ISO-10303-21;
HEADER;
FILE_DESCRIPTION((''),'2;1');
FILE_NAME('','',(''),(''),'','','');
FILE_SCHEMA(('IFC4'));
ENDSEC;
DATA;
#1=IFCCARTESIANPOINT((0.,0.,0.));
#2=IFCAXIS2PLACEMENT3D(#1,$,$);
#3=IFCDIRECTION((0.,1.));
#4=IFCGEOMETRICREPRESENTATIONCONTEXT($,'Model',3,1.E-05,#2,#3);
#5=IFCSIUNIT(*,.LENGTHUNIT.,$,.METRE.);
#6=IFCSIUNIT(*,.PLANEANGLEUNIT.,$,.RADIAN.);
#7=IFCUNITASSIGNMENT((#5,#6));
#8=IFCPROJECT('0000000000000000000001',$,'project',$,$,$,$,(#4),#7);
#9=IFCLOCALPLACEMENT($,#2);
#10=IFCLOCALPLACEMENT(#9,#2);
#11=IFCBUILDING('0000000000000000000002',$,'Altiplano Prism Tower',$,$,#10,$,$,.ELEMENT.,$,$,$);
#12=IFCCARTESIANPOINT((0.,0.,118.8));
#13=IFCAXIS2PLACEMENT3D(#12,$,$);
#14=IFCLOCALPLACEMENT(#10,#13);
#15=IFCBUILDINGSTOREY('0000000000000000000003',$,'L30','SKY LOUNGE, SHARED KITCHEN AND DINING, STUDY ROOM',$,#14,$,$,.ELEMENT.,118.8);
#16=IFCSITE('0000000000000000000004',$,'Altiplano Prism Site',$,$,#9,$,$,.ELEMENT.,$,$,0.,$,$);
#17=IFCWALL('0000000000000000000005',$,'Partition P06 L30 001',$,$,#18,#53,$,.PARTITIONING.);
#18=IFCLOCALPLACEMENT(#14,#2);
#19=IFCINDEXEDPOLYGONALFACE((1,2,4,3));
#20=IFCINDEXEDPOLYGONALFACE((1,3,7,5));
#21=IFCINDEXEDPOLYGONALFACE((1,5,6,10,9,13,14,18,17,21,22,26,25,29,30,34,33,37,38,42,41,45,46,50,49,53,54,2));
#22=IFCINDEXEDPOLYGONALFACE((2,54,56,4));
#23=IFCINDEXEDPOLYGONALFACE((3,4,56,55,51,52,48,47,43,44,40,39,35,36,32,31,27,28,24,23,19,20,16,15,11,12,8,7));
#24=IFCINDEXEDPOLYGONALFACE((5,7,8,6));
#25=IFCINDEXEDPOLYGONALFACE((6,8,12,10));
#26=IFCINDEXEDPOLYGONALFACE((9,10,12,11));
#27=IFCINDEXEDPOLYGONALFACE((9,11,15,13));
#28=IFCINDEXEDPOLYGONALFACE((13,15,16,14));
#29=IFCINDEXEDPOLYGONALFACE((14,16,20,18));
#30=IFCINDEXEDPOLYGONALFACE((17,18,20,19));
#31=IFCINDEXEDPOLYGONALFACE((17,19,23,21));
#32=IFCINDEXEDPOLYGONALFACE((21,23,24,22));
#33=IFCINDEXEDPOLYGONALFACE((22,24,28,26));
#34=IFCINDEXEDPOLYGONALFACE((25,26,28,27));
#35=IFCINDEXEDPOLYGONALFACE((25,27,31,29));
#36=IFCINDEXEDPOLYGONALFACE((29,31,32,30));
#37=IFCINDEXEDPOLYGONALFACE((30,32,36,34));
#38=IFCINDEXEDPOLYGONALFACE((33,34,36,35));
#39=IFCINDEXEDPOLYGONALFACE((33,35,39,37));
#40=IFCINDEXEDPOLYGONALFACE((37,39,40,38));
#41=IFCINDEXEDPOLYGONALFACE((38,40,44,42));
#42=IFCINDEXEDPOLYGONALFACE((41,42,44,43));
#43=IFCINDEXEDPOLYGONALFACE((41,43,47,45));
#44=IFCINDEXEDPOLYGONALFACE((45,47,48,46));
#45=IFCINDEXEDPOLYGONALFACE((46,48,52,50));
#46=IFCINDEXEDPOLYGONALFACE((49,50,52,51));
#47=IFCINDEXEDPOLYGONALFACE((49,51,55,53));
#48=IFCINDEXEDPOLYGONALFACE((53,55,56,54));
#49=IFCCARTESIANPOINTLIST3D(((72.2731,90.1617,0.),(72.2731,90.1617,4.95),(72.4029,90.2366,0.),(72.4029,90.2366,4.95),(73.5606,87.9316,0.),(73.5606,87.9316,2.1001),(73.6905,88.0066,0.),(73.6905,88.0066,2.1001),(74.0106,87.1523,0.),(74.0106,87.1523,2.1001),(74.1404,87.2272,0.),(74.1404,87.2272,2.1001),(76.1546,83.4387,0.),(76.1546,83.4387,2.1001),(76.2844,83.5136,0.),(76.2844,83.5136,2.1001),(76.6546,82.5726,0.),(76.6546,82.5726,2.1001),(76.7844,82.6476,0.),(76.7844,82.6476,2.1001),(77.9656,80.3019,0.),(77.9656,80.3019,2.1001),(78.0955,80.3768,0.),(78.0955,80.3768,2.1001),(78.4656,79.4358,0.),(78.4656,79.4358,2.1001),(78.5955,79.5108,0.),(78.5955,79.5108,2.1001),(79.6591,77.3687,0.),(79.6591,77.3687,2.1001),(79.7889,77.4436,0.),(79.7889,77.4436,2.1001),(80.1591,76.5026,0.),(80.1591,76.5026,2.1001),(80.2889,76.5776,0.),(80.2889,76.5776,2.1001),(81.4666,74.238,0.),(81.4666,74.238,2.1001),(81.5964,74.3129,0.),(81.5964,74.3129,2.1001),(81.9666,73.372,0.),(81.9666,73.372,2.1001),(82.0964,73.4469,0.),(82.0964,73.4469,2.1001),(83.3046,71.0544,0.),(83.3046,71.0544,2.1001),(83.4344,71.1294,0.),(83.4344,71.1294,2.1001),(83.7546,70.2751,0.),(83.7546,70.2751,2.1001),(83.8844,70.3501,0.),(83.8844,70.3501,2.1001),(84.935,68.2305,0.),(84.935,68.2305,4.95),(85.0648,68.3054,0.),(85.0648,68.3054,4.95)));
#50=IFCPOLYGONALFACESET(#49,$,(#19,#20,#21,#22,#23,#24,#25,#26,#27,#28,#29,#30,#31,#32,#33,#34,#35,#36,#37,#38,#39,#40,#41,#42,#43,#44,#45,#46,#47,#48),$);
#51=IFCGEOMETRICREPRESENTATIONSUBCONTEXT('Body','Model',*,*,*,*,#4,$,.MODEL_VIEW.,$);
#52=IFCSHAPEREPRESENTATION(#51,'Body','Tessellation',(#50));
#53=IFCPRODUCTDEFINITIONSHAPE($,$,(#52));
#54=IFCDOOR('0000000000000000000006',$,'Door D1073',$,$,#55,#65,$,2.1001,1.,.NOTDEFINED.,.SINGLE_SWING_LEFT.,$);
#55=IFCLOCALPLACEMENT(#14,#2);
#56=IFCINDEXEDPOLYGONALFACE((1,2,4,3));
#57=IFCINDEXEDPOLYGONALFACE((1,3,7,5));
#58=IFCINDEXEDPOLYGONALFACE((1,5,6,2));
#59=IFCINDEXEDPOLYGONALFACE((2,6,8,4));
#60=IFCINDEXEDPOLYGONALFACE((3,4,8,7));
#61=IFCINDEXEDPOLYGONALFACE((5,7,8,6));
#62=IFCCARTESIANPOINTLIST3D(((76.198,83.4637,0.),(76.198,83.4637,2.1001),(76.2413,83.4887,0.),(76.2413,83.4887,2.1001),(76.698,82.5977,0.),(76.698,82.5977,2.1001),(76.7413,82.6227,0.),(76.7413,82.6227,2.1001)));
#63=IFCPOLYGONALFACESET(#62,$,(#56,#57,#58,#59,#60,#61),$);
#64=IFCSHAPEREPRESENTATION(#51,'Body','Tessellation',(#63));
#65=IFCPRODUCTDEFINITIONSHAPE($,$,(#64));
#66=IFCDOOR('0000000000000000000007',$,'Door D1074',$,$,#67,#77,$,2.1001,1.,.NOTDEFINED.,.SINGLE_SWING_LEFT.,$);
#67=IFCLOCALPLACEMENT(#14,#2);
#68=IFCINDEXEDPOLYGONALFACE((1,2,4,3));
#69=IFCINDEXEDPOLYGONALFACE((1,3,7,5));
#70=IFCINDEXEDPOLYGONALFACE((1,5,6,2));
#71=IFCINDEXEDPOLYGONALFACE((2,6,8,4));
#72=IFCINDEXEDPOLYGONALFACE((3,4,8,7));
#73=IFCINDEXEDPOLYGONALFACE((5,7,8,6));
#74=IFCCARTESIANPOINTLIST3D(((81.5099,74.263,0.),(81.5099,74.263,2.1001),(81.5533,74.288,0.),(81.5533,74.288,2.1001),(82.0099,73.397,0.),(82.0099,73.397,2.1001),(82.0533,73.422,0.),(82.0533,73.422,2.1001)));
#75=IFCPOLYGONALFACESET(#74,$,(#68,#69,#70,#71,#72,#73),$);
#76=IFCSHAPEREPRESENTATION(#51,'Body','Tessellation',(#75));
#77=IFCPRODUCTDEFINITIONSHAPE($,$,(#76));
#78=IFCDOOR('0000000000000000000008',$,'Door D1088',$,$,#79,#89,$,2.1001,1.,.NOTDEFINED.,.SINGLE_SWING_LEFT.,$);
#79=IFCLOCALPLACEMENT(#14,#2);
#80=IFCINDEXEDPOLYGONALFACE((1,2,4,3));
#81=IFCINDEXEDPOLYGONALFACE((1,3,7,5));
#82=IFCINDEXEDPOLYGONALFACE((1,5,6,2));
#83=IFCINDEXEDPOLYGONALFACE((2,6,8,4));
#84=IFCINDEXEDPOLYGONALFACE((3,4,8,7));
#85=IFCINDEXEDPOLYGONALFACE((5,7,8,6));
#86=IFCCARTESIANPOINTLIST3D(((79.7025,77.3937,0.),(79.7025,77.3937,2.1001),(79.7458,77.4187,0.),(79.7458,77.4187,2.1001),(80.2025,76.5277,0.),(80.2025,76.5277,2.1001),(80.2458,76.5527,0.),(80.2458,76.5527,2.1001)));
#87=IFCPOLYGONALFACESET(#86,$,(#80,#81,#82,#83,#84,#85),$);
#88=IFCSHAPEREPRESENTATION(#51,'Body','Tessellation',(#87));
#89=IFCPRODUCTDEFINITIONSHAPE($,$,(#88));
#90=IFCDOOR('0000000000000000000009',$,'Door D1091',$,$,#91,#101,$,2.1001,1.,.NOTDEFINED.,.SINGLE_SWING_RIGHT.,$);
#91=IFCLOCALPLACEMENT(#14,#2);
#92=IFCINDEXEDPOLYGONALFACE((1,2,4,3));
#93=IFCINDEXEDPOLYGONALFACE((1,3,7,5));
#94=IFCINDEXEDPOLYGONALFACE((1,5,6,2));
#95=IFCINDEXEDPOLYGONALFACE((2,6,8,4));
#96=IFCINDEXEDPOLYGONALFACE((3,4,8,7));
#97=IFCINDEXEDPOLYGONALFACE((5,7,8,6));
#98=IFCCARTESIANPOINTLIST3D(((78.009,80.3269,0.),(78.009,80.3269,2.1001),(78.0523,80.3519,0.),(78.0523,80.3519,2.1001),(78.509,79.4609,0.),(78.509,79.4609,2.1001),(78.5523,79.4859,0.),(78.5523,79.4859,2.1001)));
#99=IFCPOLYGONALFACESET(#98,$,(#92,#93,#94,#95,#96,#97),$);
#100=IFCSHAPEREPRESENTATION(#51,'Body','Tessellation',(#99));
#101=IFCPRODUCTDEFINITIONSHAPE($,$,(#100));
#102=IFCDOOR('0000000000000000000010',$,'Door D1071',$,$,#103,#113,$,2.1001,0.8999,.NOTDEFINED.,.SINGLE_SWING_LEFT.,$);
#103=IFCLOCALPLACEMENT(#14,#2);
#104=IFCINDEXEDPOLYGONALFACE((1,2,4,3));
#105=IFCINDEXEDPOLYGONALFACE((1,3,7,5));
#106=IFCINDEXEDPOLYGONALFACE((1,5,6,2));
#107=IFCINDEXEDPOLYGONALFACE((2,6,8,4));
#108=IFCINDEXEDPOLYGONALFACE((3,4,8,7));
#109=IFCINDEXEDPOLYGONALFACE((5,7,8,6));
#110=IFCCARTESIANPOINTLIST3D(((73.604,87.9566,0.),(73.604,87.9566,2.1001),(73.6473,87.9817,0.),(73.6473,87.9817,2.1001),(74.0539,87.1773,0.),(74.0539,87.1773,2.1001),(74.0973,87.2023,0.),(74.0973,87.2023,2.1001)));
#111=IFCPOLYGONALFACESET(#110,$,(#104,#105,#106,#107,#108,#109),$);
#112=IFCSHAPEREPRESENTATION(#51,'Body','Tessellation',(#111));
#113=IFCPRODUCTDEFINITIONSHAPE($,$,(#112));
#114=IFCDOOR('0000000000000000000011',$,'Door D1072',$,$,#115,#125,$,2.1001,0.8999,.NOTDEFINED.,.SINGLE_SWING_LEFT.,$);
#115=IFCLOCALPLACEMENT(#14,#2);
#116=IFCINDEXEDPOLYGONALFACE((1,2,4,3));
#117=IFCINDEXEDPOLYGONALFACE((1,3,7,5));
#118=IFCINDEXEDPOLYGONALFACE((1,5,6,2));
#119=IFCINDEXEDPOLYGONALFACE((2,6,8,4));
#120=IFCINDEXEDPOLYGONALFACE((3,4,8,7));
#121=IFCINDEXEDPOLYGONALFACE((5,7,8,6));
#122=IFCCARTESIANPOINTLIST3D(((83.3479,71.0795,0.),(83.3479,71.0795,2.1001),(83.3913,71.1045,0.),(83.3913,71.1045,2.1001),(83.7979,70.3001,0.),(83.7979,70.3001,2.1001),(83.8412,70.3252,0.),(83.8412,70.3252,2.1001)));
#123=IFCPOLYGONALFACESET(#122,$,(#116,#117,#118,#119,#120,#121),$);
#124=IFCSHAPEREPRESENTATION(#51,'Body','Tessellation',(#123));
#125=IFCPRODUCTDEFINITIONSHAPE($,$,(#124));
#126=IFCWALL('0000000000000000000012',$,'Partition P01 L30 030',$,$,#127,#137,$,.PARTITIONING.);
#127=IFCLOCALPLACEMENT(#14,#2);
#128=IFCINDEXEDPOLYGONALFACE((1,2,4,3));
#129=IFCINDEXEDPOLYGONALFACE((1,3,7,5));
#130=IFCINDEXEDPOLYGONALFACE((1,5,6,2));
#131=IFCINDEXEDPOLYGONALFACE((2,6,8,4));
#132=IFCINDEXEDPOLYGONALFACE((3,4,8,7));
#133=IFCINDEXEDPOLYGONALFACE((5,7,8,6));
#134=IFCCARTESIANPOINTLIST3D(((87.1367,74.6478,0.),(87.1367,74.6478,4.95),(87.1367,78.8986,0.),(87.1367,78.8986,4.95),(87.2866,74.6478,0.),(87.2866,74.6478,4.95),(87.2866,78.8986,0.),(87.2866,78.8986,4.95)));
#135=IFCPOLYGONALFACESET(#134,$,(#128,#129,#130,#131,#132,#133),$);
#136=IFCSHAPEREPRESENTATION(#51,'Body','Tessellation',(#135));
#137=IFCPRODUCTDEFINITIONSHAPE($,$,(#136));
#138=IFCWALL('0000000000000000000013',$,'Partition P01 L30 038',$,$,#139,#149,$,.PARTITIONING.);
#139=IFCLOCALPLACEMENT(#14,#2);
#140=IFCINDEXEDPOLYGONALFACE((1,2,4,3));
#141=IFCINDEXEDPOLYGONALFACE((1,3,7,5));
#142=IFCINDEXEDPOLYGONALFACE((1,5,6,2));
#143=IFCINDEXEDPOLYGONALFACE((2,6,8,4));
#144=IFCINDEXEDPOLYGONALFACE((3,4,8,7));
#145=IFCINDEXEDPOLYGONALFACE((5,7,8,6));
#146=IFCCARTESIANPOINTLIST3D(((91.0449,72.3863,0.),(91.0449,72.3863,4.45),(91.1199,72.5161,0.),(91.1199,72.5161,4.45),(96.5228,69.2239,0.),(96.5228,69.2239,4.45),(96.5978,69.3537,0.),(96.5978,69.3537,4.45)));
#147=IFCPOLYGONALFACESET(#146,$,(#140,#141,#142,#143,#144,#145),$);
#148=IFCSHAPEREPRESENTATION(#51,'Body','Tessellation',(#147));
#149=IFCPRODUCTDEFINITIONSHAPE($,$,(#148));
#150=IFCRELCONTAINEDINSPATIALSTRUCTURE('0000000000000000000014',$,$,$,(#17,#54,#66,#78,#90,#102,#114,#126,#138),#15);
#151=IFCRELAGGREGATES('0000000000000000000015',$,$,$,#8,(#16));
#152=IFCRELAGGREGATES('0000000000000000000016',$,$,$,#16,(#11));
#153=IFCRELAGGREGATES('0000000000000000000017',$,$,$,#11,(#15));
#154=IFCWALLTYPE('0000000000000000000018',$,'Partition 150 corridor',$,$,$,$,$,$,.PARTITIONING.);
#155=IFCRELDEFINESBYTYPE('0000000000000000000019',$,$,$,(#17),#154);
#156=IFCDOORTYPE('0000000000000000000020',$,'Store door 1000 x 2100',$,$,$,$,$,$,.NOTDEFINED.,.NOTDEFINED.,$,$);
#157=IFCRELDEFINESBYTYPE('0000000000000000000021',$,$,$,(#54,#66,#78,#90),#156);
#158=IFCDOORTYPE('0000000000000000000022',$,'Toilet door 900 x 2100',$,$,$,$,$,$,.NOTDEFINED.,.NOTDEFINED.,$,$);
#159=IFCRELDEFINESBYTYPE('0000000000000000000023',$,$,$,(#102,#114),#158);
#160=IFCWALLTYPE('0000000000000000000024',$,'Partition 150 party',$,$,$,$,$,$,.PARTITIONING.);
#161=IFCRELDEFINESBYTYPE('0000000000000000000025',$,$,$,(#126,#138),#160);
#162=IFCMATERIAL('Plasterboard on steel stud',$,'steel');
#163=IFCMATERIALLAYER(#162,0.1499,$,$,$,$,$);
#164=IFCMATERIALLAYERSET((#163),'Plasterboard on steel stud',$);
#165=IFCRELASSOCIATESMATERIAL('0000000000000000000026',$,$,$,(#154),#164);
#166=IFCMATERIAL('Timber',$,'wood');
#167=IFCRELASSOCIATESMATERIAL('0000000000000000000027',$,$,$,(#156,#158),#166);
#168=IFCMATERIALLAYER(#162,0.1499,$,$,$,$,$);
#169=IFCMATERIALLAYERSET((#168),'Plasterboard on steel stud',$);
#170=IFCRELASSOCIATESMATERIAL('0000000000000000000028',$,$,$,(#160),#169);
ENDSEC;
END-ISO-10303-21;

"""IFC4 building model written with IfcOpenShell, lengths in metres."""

from ifc_helpers import new_model, si_unit, direction, frame, frame_2d, origin, place, context, subcontext, project, spatial, rectangle, extrude, material, layer, layer_set, type_object, element, fill, save


model = new_model("IFC4")

# Units and contexts
model_context = context("Model", 3, precision=1e-05, world=origin(), true_north=direction((0.0, 1.0)))
body_context = subcontext(model_context, "Body", "Model", "MODEL_VIEW")
ifc_project = project(units=[si_unit("LENGTHUNIT", "METRE"), si_unit("PLANEANGLEUNIT", "RADIAN")], contexts=[model_context])

# Site, building, storey
site_placement = place(None, origin())
site = spatial("IfcSite", under=ifc_project, at=site_placement, Name="Altiplano Prism Site", CompositionType="ELEMENT", RefElevation=0.0)
building_placement = place(site_placement, origin())
building = spatial("IfcBuilding", under=site, at=building_placement, Name="Altiplano Prism Tower", CompositionType="ELEMENT")
storey_placement = place(building_placement, frame((0.0, 0.0, 118.8)))
storey = spatial("IfcBuildingStorey", under=building, at=storey_placement, Name="L30", Description="SKY LOUNGE, SHARED KITCHEN AND DINING, STUDY ROOM", CompositionType="ELEMENT", Elevation=118.8)

# Shared definitions
ifc_material_1 = material(Name="Plasterboard on steel stud", Category="steel")

# Wall, openings, doors
ifc_layer_1 = layer(ifc_material_1, 0.1499)
ifc_layer_set_1 = layer_set([ifc_layer_1], Name="Plasterboard on steel stud")
wall_type_1 = type_object("IfcWallType", Name="Partition 150 corridor", PredefinedType="PARTITIONING", material=ifc_layer_set_1)
wall_1_placement = place(storey_placement, frame((85.0, 68.2678, 0.0), z_axis=(0.0, 0.0, 1.0), x_axis=(-0.499997, 0.866027, 0.0)))
wall_1 = element("IfcWall", 1, at=wall_1_placement, inside=storey, type_object=wall_type_1, Name="Partition P06 L30 001", PredefinedType="PARTITIONING", context=body_context, shape_type="SweptSolid", body=[
    extrude(rectangle(XDim=25.324, YDim=0.1499, at=frame_2d((12.6621, 0.0))), origin(), (0.0, 0.0, 1.0), 4.95),
])
opening_1_placement = place(wall_1_placement, frame((21.8491, 0.0, 0.0)))
opening_1 = element("IfcOpeningElement", 2, at=opening_1_placement, cuts=wall_1, PredefinedType="OPENING", context=body_context, shape_type="SweptSolid", body=[
    extrude(rectangle(XDim=0.8999, YDim=2.1001, at=frame_2d((0.45, 1.05))), frame((0.0, 0.0854, 0.0), z_axis=(0.0, -1.0, 0.0), x_axis=(1.0, 0.0, 0.0)), (0.0, 0.0, 1.0), 0.1709),
])
opening_2_placement = place(wall_1_placement, frame((2.3611, 0.0, 0.0)))
opening_2 = element("IfcOpeningElement", 3, at=opening_2_placement, cuts=wall_1, PredefinedType="OPENING", context=body_context, shape_type="SweptSolid", body=[
    extrude(rectangle(XDim=0.8999, YDim=2.1001, at=frame_2d((0.45, 1.05))), frame((0.0, 0.0854, 0.0), z_axis=(0.0, -1.0, 0.0), x_axis=(1.0, 0.0, 0.0)), (0.0, 0.0, 1.0), 0.1709),
])
opening_3_placement = place(wall_1_placement, frame((16.561, 0.0, 0.0)))
opening_3 = element("IfcOpeningElement", 4, at=opening_3_placement, cuts=wall_1, PredefinedType="OPENING", context=body_context, shape_type="SweptSolid", body=[
    extrude(rectangle(XDim=1.0, YDim=2.1001, at=frame_2d((0.5, 1.05))), frame((0.0, 0.0854, 0.0), z_axis=(0.0, -1.0, 0.0), x_axis=(1.0, 0.0, 0.0)), (0.0, 0.0, 1.0), 0.1709),
])
opening_4_placement = place(wall_1_placement, frame((5.937, 0.0, 0.0)))
opening_4 = element("IfcOpeningElement", 5, at=opening_4_placement, cuts=wall_1, PredefinedType="OPENING", context=body_context, shape_type="SweptSolid", body=[
    extrude(rectangle(XDim=1.0, YDim=2.1001, at=frame_2d((0.5, 1.05))), frame((0.0, 0.0854, 0.0), z_axis=(0.0, -1.0, 0.0), x_axis=(1.0, 0.0, 0.0)), (0.0, 0.0, 1.0), 0.1709),
])
opening_5_placement = place(wall_1_placement, frame((9.552, 0.0, 0.0)))
opening_5 = element("IfcOpeningElement", 6, at=opening_5_placement, cuts=wall_1, PredefinedType="OPENING", context=body_context, shape_type="SweptSolid", body=[
    extrude(rectangle(XDim=1.0, YDim=2.1001, at=frame_2d((0.5, 1.05))), frame((0.0, 0.0854, 0.0), z_axis=(0.0, -1.0, 0.0), x_axis=(1.0, 0.0, 0.0)), (0.0, 0.0, 1.0), 0.1709),
])
opening_6_placement = place(wall_1_placement, frame((12.939, 0.0, 0.0)))
opening_6 = element("IfcOpeningElement", 7, at=opening_6_placement, cuts=wall_1, PredefinedType="OPENING", context=body_context, shape_type="SweptSolid", body=[
    extrude(rectangle(XDim=1.0, YDim=2.1001, at=frame_2d((0.5, 1.05))), frame((0.0, 0.0854, 0.0), z_axis=(0.0, -1.0, 0.0), x_axis=(1.0, 0.0, 0.0)), (0.0, 0.0, 1.0), 0.1709),
])
ifc_material_2 = material(Name="Timber", Category="wood")
door_type_1 = type_object("IfcDoorType", Name="Store door 1000 x 2100", OperationType="NOTDEFINED", PredefinedType="NOTDEFINED", material=ifc_material_2)
door_1_placement = place(opening_3_placement, origin())
door_1 = element("IfcDoor", 8, at=door_1_placement, inside=storey, type_object=door_type_1, Name="Door D1073", OperationType="SINGLE_SWING_LEFT", OverallHeight=2.1001, OverallWidth=1.0, PredefinedType="NOTDEFINED", context=body_context, shape_type="SweptSolid", body=[
    extrude(rectangle(XDim=1.0, YDim=2.1001, at=frame_2d((0.5, 1.05))), frame((0.0, 0.0249, 0.0), z_axis=(0.0, -1.0, 0.0), x_axis=(1.0, 0.0, 0.0)), (0.0, 0.0, 1.0), 0.05),
])
fill(opening_3, door_1)
door_2_placement = place(opening_4_placement, origin())
door_2 = element("IfcDoor", 9, at=door_2_placement, inside=storey, type_object=door_type_1, Name="Door D1074", OperationType="SINGLE_SWING_LEFT", OverallHeight=2.1001, OverallWidth=1.0, PredefinedType="NOTDEFINED", context=body_context, shape_type="SweptSolid", body=[
    extrude(rectangle(XDim=1.0, YDim=2.1001, at=frame_2d((0.5, 1.05))), frame((0.0, 0.0249, 0.0), z_axis=(0.0, -1.0, 0.0), x_axis=(1.0, 0.0, 0.0)), (0.0, 0.0, 1.0), 0.05),
])
fill(opening_4, door_2)
door_3_placement = place(opening_5_placement, origin())
door_3 = element("IfcDoor", 10, at=door_3_placement, inside=storey, type_object=door_type_1, Name="Door D1088", OperationType="SINGLE_SWING_LEFT", OverallHeight=2.1001, OverallWidth=1.0, PredefinedType="NOTDEFINED", context=body_context, shape_type="SweptSolid", body=[
    extrude(rectangle(XDim=1.0, YDim=2.1001, at=frame_2d((0.5, 1.05))), frame((0.0, 0.0249, 0.0), z_axis=(0.0, -1.0, 0.0), x_axis=(1.0, 0.0, 0.0)), (0.0, 0.0, 1.0), 0.05),
])
fill(opening_5, door_3)
door_4_placement = place(opening_6_placement, origin())
door_4 = element("IfcDoor", 11, at=door_4_placement, inside=storey, type_object=door_type_1, Name="Door D1091", OperationType="SINGLE_SWING_RIGHT", OverallHeight=2.1001, OverallWidth=1.0, PredefinedType="NOTDEFINED", context=body_context, shape_type="SweptSolid", body=[
    extrude(rectangle(XDim=1.0, YDim=2.1001, at=frame_2d((0.5, 1.05))), frame((0.0, 0.0249, 0.0), z_axis=(0.0, -1.0, 0.0), x_axis=(1.0, 0.0, 0.0)), (0.0, 0.0, 1.0), 0.05),
])
fill(opening_6, door_4)
door_type_2 = type_object("IfcDoorType", Name="Toilet door 900 x 2100", OperationType="NOTDEFINED", PredefinedType="NOTDEFINED", material=ifc_material_2)
door_5_placement = place(opening_1_placement, origin())
door_5 = element("IfcDoor", 12, at=door_5_placement, inside=storey, type_object=door_type_2, Name="Door D1071", OperationType="SINGLE_SWING_LEFT", OverallHeight=2.1001, OverallWidth=0.8999, PredefinedType="NOTDEFINED", context=body_context, shape_type="SweptSolid", body=[
    extrude(rectangle(XDim=0.8999, YDim=2.1001, at=frame_2d((0.45, 1.05))), frame((0.0, 0.0249, 0.0), z_axis=(0.0, -1.0, 0.0), x_axis=(1.0, 0.0, 0.0)), (0.0, 0.0, 1.0), 0.05),
])
fill(opening_1, door_5)
door_6_placement = place(opening_2_placement, origin())
door_6 = element("IfcDoor", 13, at=door_6_placement, inside=storey, type_object=door_type_2, Name="Door D1072", OperationType="SINGLE_SWING_LEFT", OverallHeight=2.1001, OverallWidth=0.8999, PredefinedType="NOTDEFINED", context=body_context, shape_type="SweptSolid", body=[
    extrude(rectangle(XDim=0.8999, YDim=2.1001, at=frame_2d((0.45, 1.05))), frame((0.0, 0.0249, 0.0), z_axis=(0.0, -1.0, 0.0), x_axis=(1.0, 0.0, 0.0)), (0.0, 0.0, 1.0), 0.05),
])
fill(opening_2, door_6)

# Walls
ifc_layer_2 = layer(ifc_material_1, 0.1499)
ifc_layer_set_2 = layer_set([ifc_layer_2], Name="Plasterboard on steel stud")
wall_type_2 = type_object("IfcWallType", Name="Partition 150 party", PredefinedType="PARTITIONING", material=ifc_layer_set_2)
wall_2_placement = place(storey_placement, frame((87.2117, 74.6477, 0.0), z_axis=(0.0, 0.0, 1.0), x_axis=(0.0, 1.0, 0.0)))
element("IfcWall", 14, at=wall_2_placement, inside=storey, type_object=wall_type_2, Name="Partition P01 L30 030", PredefinedType="PARTITIONING", context=body_context, shape_type="SweptSolid", body=[
    extrude(rectangle(XDim=4.2507, YDim=0.1499, at=frame_2d((2.1255, 0.0))), origin(), (0.0, 0.0, 1.0), 4.95),
])
wall_3_placement = place(storey_placement, frame((96.5603, 69.2888, 0.0), z_axis=(0.0, 0.0, 1.0), x_axis=(-0.866042, 0.499971, 0.0)))
element("IfcWall", 15, at=wall_3_placement, inside=storey, type_object=wall_type_2, Name="Partition P01 L30 038", PredefinedType="PARTITIONING", context=body_context, shape_type="SweptSolid", body=[
    extrude(rectangle(XDim=6.3252, YDim=0.1499, at=frame_2d((3.1626, 0.0))), origin(), (0.0, 0.0, 1.0), 4.45),
])

save(model, "model.ifc")
